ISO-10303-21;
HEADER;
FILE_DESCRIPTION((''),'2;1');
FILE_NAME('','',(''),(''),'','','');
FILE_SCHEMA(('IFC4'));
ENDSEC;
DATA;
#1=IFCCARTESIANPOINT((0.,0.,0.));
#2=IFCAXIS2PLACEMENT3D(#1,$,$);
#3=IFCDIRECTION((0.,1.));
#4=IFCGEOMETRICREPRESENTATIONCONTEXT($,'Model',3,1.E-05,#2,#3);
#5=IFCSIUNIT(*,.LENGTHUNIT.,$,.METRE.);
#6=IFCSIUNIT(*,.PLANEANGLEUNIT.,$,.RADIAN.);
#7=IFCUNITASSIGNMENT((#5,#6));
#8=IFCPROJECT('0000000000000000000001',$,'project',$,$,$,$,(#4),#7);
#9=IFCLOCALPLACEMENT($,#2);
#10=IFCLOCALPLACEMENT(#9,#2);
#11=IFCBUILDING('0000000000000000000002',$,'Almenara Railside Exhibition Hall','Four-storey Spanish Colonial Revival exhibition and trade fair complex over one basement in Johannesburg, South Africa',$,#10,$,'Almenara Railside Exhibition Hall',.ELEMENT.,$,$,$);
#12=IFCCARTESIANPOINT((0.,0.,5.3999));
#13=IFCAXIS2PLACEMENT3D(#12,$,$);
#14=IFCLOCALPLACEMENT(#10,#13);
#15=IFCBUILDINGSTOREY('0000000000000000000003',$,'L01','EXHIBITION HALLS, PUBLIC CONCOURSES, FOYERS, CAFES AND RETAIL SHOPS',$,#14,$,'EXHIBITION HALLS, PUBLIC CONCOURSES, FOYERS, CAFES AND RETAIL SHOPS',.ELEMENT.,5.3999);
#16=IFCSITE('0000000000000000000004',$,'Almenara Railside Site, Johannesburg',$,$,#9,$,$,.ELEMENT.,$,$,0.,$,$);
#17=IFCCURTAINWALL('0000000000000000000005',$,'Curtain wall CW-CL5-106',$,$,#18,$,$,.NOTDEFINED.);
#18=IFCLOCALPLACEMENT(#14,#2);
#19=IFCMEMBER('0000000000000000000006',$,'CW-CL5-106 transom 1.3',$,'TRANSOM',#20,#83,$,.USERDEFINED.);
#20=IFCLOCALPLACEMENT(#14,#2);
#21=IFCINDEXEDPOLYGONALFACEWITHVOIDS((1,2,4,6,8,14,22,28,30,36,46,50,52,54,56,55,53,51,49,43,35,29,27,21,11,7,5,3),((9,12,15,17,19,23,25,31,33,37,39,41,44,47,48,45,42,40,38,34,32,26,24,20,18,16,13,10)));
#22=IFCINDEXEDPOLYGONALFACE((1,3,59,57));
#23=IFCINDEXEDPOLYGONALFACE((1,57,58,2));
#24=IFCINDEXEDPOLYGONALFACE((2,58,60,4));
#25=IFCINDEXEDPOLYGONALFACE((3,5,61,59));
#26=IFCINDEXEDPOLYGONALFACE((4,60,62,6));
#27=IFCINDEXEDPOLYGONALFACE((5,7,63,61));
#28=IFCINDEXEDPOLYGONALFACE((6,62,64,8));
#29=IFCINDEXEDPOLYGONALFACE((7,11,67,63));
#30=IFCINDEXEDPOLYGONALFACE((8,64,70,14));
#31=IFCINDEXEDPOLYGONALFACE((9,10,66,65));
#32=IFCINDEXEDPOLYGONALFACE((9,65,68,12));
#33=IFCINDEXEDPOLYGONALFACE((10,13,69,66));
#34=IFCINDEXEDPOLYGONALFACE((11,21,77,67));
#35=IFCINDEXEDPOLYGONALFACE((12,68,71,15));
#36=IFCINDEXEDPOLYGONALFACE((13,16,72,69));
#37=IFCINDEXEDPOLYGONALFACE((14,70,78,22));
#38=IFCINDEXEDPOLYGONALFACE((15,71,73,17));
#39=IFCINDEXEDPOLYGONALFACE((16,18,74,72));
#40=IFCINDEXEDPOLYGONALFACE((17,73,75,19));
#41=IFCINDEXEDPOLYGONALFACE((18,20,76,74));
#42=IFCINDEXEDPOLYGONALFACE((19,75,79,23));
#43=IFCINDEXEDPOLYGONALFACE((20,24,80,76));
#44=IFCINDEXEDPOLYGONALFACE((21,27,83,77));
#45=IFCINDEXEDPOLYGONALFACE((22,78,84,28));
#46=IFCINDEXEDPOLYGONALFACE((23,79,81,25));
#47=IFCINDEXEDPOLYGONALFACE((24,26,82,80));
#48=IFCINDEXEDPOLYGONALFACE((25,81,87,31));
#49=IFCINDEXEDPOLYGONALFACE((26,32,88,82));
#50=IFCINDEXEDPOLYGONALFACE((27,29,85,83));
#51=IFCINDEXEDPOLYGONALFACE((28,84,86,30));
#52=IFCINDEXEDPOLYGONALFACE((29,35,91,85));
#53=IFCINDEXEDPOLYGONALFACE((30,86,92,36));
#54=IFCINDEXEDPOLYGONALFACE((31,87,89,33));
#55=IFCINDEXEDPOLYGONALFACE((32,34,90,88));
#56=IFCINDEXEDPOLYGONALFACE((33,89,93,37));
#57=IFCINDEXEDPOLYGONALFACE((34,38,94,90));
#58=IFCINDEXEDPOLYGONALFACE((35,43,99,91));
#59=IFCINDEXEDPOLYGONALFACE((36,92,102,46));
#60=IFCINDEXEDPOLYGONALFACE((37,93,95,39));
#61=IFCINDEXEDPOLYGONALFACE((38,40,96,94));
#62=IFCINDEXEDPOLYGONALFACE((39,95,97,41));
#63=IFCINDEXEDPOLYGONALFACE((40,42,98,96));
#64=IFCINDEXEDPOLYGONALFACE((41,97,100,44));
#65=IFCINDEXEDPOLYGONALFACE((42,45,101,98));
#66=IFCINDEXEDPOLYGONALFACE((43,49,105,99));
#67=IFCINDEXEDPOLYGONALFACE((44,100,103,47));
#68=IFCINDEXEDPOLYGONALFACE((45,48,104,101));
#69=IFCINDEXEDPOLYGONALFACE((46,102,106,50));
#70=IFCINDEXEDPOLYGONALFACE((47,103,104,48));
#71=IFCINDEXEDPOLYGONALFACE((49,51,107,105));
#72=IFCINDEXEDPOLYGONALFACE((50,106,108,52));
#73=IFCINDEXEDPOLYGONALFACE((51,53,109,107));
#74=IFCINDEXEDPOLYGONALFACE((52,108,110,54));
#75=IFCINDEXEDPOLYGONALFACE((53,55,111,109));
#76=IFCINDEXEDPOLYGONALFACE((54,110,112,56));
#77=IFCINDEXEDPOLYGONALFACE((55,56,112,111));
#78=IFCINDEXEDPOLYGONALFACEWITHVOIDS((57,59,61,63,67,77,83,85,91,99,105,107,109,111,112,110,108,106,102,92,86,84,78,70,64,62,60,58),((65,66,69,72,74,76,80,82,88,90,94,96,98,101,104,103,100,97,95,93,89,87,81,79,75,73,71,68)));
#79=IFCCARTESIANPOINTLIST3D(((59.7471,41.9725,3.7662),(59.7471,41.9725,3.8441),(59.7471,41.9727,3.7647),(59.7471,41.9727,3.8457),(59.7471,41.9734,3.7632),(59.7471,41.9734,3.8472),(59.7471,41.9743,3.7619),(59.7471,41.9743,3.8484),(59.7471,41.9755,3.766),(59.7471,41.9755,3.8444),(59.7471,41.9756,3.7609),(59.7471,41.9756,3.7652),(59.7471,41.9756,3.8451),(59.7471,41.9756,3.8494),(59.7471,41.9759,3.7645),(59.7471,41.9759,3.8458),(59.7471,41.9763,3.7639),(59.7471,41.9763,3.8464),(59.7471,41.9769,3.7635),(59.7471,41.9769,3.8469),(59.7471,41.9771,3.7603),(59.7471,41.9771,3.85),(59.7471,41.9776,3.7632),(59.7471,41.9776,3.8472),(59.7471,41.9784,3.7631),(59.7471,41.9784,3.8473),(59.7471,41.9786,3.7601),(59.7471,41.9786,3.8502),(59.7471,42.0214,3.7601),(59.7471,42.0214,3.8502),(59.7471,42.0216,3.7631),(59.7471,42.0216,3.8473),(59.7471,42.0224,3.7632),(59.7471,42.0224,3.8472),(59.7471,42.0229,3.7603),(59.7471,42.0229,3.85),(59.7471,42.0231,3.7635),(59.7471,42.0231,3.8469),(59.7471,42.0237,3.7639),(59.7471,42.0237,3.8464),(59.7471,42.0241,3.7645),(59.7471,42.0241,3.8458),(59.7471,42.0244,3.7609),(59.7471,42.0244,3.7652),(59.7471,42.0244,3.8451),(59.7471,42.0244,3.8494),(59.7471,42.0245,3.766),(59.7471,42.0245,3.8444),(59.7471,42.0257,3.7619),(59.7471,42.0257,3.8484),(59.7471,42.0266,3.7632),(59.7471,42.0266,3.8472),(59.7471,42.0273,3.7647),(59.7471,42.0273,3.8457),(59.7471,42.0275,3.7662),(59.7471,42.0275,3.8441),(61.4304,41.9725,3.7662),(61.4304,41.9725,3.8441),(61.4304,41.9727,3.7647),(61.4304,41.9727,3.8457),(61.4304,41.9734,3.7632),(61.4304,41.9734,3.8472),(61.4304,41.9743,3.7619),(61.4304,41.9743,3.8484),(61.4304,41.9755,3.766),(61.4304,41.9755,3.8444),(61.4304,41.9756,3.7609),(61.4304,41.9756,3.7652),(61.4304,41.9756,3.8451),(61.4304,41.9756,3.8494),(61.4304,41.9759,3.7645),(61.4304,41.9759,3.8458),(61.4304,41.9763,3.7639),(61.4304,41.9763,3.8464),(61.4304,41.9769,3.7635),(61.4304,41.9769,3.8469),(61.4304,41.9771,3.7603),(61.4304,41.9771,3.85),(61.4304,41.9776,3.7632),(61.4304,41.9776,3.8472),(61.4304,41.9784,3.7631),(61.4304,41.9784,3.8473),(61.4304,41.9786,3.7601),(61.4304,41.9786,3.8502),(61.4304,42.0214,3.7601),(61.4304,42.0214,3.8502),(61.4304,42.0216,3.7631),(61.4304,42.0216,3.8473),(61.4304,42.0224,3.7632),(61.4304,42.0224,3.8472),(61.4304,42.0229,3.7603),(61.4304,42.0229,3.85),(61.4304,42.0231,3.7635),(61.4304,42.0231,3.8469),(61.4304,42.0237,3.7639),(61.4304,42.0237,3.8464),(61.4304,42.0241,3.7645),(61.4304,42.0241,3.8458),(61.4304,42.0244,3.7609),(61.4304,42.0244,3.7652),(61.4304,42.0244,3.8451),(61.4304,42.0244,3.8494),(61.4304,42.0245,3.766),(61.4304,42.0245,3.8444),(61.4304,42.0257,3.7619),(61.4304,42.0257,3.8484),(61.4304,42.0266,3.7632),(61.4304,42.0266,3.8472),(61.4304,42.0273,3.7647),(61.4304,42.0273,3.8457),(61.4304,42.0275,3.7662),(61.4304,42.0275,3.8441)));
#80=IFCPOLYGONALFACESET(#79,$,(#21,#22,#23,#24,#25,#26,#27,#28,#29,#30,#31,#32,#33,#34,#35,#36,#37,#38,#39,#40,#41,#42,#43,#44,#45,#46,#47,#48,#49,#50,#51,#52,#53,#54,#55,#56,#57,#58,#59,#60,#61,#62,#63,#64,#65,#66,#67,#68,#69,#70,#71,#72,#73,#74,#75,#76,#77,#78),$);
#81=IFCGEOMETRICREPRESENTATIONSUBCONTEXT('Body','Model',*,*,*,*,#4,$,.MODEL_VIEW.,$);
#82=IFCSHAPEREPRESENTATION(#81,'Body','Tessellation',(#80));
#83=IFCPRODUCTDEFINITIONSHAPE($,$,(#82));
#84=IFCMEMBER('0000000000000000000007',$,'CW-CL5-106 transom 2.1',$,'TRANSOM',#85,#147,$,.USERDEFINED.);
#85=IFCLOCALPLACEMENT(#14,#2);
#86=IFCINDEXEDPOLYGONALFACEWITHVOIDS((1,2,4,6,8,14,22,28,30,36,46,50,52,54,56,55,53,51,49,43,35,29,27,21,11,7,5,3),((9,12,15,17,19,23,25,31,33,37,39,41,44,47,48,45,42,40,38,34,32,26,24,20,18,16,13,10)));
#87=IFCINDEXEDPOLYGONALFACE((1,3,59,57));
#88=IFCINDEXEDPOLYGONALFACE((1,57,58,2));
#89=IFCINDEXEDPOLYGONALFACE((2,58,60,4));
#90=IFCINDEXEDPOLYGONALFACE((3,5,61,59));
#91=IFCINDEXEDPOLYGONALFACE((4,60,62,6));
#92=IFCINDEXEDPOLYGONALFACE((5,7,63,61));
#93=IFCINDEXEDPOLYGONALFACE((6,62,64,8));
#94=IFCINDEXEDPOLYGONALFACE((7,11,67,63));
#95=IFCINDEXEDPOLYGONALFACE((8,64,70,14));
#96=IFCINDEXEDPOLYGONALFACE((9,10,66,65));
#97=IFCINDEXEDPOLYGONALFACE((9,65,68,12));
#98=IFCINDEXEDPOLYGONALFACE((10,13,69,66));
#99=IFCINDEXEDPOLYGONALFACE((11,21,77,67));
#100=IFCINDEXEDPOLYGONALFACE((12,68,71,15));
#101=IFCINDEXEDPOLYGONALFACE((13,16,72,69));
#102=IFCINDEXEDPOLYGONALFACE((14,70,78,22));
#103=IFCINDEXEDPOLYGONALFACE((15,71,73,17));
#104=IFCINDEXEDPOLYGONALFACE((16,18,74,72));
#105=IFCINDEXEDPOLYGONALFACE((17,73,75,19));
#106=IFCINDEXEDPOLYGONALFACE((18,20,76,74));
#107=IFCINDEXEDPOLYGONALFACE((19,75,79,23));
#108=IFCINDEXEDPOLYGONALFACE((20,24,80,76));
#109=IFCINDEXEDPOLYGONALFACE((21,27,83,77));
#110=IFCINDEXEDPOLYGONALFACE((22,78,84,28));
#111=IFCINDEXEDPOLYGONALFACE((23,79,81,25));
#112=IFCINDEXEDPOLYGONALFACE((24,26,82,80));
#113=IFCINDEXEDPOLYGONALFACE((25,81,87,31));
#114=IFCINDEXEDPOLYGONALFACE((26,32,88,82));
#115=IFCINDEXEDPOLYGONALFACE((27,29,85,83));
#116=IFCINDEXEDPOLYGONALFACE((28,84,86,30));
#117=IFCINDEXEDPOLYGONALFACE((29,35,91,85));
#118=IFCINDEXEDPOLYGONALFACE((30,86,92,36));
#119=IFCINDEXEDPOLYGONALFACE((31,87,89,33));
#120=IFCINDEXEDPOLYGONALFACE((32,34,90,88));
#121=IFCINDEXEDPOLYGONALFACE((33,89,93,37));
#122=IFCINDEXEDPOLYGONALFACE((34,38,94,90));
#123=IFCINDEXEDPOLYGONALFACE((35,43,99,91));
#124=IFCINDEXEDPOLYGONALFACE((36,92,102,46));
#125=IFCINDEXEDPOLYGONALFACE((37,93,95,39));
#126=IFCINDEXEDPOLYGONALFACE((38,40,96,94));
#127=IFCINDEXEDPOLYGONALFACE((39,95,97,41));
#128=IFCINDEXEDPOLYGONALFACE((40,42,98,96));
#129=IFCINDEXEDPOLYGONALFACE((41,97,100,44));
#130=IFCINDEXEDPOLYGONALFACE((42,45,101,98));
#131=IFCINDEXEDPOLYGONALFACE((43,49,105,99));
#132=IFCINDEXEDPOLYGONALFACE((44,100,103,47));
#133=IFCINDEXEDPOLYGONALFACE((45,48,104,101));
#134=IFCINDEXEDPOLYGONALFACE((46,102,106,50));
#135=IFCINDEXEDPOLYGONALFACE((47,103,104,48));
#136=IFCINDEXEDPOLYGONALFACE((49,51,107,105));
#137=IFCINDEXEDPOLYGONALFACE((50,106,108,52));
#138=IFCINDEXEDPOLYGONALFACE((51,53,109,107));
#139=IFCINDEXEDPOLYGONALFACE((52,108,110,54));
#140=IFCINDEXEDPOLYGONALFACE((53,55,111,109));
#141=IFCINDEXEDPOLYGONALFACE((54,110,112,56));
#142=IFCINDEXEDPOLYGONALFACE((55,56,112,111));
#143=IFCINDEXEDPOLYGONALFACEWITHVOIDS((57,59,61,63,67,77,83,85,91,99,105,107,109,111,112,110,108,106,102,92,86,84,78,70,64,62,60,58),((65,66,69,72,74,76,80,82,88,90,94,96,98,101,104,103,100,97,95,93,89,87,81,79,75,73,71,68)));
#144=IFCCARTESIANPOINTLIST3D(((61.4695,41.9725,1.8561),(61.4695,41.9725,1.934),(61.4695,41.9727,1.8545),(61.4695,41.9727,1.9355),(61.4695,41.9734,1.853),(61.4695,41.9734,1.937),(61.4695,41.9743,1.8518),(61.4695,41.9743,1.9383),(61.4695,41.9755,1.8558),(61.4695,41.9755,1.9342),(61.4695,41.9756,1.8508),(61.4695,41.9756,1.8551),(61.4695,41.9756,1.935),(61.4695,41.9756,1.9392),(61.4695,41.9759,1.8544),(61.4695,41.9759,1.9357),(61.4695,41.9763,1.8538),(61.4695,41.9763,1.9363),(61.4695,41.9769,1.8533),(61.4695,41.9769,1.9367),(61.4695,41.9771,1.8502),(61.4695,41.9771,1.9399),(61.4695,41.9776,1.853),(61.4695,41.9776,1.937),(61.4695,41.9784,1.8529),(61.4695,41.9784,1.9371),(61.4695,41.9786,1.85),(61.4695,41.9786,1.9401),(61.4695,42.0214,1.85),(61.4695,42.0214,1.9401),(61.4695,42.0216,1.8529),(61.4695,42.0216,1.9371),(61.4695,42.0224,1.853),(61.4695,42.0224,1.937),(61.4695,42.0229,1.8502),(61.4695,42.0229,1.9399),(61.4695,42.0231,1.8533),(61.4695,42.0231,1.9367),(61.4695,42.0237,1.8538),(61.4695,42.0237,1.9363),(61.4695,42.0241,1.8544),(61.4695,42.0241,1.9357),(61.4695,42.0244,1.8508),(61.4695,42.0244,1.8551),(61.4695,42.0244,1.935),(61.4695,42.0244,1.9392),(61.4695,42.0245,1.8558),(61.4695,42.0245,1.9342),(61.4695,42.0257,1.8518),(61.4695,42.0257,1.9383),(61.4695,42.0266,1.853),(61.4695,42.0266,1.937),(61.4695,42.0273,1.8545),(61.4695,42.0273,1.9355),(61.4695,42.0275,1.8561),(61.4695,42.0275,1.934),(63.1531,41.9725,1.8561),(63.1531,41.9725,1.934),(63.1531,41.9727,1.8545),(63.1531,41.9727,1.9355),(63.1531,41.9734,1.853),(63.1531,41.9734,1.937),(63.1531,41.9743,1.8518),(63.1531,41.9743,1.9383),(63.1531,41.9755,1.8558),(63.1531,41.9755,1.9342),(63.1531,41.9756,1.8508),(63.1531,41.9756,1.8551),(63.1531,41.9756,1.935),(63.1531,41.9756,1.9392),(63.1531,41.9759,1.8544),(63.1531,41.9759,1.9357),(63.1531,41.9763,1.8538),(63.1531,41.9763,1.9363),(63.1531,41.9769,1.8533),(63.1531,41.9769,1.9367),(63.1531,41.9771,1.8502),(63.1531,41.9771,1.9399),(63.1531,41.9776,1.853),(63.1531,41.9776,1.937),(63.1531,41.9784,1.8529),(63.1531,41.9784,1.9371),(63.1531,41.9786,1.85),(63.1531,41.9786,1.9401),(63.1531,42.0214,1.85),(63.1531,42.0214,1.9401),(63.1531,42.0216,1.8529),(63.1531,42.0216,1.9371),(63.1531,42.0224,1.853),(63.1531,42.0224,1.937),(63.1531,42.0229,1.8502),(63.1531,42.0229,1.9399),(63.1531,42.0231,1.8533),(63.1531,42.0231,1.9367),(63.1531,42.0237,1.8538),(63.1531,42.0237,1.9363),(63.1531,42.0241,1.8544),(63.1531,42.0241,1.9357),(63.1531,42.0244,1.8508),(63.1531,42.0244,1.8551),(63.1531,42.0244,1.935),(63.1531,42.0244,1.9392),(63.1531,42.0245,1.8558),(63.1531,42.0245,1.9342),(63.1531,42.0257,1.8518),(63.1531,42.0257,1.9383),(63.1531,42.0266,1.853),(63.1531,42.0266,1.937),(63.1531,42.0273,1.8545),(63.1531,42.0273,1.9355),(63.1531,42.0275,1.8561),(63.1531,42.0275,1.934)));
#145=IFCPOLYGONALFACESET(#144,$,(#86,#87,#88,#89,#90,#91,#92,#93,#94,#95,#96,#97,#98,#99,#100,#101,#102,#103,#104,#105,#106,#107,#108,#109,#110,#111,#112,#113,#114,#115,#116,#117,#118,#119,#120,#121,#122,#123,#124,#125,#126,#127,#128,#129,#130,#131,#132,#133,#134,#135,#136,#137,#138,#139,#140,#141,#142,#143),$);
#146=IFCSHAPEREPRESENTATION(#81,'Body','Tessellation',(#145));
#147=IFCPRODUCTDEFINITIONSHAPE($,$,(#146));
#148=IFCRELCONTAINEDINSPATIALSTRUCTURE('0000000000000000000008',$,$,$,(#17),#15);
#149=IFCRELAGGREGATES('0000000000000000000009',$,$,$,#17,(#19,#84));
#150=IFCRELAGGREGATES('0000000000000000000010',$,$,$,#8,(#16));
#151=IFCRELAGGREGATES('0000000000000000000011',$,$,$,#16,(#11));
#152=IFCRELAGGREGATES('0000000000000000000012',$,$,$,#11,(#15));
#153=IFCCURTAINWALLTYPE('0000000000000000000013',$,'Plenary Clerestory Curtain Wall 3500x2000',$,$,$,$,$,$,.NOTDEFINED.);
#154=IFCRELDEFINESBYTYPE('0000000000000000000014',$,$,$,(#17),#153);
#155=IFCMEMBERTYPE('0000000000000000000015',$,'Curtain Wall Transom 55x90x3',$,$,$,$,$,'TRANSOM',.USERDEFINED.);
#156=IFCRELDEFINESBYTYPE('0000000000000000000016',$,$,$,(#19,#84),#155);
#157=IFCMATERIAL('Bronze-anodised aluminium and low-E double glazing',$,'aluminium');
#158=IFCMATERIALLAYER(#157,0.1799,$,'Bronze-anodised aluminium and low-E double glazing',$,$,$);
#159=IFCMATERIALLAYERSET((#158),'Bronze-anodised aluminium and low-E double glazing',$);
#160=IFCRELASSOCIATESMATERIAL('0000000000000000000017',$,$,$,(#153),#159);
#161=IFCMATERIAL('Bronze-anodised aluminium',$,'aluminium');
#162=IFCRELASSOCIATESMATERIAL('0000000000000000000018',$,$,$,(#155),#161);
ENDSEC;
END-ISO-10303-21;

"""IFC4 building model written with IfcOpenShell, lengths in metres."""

from ifc_helpers import new_model, si_unit, direction, frame, origin, origin_2d, place, context, subcontext, project, spatial, hollow_rectangle, extrude, material, layer, layer_set, material_profile, profile_set, type_object, element, aggregate, save


model = new_model("IFC4")

# Units and contexts
model_context = context("Model", 3, precision=1e-05, world=origin(), true_north=direction((0.0, 1.0)))
body_context = subcontext(model_context, "Body", "Model", "MODEL_VIEW")
ifc_project = project(units=[si_unit("LENGTHUNIT", "METRE"), si_unit("PLANEANGLEUNIT", "RADIAN")], contexts=[model_context])

# Site, building, storey
site_placement = place(None, origin())
site = spatial("IfcSite", under=ifc_project, at=site_placement, Name="Almenara Railside Site, Johannesburg", CompositionType="ELEMENT", RefElevation=0.0)
building_placement = place(site_placement, origin())
building = spatial("IfcBuilding", under=site, at=building_placement, Name="Almenara Railside Exhibition Hall", Description="Four-storey Spanish Colonial Revival exhibition and trade fair complex over one basement in Johannesburg, South Africa", LongName="Almenara Railside Exhibition Hall", CompositionType="ELEMENT")
storey_placement = place(building_placement, frame((0.0, 0.0, 5.3999)))
storey = spatial("IfcBuildingStorey", under=building, at=storey_placement, Name="L01", Description="EXHIBITION HALLS, PUBLIC CONCOURSES, FOYERS, CAFES AND RETAIL SHOPS", LongName="EXHIBITION HALLS, PUBLIC CONCOURSES, FOYERS, CAFES AND RETAIL SHOPS", CompositionType="ELEMENT", Elevation=5.3999)

# Curtain wall
ifc_material_1 = material(Name="Bronze-anodised aluminium and low-E double glazing", Category="aluminium")
ifc_layer_1 = layer(ifc_material_1, 0.1799, Name="Bronze-anodised aluminium and low-E double glazing")
ifc_layer_set_1 = layer_set([ifc_layer_1], Name="Bronze-anodised aluminium and low-E double glazing")
curtain_wall_type_1 = type_object("IfcCurtainWallType", Name="Plenary Clerestory Curtain Wall 3500x2000", PredefinedType="NOTDEFINED", material=ifc_layer_set_1)
curtain_wall_1_placement = place(storey_placement, origin())
curtain_wall_1 = element("IfcCurtainWall", 1, at=curtain_wall_1_placement, inside=storey, type_object=curtain_wall_type_1, Name="Curtain wall CW-CL5-106", PredefinedType="NOTDEFINED")
ifc_material_2 = material(Name="Bronze-anodised aluminium", Category="aluminium")

# Members
ifc_material_profile_1 = material_profile(ifc_material_2, hollow_rectangle(XDim=0.0549, YDim=0.0901, WallThickness=0.0029, InnerFilletRadius=0.0029, OuterFilletRadius=0.0061, at=origin_2d()), Name="ALU-TRN 55x90x3")
ifc_profile_set_1 = profile_set([ifc_material_profile_1], Name="Bronze-anodised aluminium")
member_type_1 = type_object("IfcMemberType", Name="Curtain Wall Transom 55x90x3", ElementType="TRANSOM", PredefinedType="USERDEFINED", material=ifc_profile_set_1)
member_1_placement = place(storey_placement, frame((59.7471, 42.0, 3.8052), z_axis=(1.0, 0.0, 0.0), x_axis=(0.0, 1.0, 0.0)))
member_1 = element("IfcMember", 2, at=member_1_placement, type_object=member_type_1, Name="CW-CL5-106 transom 1.3", ObjectType="TRANSOM", PredefinedType="USERDEFINED", context=body_context, shape_type="SweptSolid", body=[
    extrude(hollow_rectangle(XDim=0.0549, YDim=0.0901, WallThickness=0.0029, InnerFilletRadius=0.0029, OuterFilletRadius=0.0061, at=origin_2d()), origin(), (0.0, 0.0, 1.0), 1.6833),
])
member_2_placement = place(storey_placement, frame((61.4695, 42.0, 1.895), z_axis=(1.0, 0.0, 0.0), x_axis=(0.0, 1.0, 0.0)))
member_2 = element("IfcMember", 3, at=member_2_placement, type_object=member_type_1, Name="CW-CL5-106 transom 2.1", ObjectType="TRANSOM", PredefinedType="USERDEFINED", context=body_context, shape_type="SweptSolid", body=[
    extrude(hollow_rectangle(XDim=0.0549, YDim=0.0901, WallThickness=0.0029, InnerFilletRadius=0.0029, OuterFilletRadius=0.0061, at=origin_2d()), origin(), (0.0, 0.0, 1.0), 1.6836),
])

aggregate(curtain_wall_1, [member_1, member_2])

save(model, "model.ifc")
